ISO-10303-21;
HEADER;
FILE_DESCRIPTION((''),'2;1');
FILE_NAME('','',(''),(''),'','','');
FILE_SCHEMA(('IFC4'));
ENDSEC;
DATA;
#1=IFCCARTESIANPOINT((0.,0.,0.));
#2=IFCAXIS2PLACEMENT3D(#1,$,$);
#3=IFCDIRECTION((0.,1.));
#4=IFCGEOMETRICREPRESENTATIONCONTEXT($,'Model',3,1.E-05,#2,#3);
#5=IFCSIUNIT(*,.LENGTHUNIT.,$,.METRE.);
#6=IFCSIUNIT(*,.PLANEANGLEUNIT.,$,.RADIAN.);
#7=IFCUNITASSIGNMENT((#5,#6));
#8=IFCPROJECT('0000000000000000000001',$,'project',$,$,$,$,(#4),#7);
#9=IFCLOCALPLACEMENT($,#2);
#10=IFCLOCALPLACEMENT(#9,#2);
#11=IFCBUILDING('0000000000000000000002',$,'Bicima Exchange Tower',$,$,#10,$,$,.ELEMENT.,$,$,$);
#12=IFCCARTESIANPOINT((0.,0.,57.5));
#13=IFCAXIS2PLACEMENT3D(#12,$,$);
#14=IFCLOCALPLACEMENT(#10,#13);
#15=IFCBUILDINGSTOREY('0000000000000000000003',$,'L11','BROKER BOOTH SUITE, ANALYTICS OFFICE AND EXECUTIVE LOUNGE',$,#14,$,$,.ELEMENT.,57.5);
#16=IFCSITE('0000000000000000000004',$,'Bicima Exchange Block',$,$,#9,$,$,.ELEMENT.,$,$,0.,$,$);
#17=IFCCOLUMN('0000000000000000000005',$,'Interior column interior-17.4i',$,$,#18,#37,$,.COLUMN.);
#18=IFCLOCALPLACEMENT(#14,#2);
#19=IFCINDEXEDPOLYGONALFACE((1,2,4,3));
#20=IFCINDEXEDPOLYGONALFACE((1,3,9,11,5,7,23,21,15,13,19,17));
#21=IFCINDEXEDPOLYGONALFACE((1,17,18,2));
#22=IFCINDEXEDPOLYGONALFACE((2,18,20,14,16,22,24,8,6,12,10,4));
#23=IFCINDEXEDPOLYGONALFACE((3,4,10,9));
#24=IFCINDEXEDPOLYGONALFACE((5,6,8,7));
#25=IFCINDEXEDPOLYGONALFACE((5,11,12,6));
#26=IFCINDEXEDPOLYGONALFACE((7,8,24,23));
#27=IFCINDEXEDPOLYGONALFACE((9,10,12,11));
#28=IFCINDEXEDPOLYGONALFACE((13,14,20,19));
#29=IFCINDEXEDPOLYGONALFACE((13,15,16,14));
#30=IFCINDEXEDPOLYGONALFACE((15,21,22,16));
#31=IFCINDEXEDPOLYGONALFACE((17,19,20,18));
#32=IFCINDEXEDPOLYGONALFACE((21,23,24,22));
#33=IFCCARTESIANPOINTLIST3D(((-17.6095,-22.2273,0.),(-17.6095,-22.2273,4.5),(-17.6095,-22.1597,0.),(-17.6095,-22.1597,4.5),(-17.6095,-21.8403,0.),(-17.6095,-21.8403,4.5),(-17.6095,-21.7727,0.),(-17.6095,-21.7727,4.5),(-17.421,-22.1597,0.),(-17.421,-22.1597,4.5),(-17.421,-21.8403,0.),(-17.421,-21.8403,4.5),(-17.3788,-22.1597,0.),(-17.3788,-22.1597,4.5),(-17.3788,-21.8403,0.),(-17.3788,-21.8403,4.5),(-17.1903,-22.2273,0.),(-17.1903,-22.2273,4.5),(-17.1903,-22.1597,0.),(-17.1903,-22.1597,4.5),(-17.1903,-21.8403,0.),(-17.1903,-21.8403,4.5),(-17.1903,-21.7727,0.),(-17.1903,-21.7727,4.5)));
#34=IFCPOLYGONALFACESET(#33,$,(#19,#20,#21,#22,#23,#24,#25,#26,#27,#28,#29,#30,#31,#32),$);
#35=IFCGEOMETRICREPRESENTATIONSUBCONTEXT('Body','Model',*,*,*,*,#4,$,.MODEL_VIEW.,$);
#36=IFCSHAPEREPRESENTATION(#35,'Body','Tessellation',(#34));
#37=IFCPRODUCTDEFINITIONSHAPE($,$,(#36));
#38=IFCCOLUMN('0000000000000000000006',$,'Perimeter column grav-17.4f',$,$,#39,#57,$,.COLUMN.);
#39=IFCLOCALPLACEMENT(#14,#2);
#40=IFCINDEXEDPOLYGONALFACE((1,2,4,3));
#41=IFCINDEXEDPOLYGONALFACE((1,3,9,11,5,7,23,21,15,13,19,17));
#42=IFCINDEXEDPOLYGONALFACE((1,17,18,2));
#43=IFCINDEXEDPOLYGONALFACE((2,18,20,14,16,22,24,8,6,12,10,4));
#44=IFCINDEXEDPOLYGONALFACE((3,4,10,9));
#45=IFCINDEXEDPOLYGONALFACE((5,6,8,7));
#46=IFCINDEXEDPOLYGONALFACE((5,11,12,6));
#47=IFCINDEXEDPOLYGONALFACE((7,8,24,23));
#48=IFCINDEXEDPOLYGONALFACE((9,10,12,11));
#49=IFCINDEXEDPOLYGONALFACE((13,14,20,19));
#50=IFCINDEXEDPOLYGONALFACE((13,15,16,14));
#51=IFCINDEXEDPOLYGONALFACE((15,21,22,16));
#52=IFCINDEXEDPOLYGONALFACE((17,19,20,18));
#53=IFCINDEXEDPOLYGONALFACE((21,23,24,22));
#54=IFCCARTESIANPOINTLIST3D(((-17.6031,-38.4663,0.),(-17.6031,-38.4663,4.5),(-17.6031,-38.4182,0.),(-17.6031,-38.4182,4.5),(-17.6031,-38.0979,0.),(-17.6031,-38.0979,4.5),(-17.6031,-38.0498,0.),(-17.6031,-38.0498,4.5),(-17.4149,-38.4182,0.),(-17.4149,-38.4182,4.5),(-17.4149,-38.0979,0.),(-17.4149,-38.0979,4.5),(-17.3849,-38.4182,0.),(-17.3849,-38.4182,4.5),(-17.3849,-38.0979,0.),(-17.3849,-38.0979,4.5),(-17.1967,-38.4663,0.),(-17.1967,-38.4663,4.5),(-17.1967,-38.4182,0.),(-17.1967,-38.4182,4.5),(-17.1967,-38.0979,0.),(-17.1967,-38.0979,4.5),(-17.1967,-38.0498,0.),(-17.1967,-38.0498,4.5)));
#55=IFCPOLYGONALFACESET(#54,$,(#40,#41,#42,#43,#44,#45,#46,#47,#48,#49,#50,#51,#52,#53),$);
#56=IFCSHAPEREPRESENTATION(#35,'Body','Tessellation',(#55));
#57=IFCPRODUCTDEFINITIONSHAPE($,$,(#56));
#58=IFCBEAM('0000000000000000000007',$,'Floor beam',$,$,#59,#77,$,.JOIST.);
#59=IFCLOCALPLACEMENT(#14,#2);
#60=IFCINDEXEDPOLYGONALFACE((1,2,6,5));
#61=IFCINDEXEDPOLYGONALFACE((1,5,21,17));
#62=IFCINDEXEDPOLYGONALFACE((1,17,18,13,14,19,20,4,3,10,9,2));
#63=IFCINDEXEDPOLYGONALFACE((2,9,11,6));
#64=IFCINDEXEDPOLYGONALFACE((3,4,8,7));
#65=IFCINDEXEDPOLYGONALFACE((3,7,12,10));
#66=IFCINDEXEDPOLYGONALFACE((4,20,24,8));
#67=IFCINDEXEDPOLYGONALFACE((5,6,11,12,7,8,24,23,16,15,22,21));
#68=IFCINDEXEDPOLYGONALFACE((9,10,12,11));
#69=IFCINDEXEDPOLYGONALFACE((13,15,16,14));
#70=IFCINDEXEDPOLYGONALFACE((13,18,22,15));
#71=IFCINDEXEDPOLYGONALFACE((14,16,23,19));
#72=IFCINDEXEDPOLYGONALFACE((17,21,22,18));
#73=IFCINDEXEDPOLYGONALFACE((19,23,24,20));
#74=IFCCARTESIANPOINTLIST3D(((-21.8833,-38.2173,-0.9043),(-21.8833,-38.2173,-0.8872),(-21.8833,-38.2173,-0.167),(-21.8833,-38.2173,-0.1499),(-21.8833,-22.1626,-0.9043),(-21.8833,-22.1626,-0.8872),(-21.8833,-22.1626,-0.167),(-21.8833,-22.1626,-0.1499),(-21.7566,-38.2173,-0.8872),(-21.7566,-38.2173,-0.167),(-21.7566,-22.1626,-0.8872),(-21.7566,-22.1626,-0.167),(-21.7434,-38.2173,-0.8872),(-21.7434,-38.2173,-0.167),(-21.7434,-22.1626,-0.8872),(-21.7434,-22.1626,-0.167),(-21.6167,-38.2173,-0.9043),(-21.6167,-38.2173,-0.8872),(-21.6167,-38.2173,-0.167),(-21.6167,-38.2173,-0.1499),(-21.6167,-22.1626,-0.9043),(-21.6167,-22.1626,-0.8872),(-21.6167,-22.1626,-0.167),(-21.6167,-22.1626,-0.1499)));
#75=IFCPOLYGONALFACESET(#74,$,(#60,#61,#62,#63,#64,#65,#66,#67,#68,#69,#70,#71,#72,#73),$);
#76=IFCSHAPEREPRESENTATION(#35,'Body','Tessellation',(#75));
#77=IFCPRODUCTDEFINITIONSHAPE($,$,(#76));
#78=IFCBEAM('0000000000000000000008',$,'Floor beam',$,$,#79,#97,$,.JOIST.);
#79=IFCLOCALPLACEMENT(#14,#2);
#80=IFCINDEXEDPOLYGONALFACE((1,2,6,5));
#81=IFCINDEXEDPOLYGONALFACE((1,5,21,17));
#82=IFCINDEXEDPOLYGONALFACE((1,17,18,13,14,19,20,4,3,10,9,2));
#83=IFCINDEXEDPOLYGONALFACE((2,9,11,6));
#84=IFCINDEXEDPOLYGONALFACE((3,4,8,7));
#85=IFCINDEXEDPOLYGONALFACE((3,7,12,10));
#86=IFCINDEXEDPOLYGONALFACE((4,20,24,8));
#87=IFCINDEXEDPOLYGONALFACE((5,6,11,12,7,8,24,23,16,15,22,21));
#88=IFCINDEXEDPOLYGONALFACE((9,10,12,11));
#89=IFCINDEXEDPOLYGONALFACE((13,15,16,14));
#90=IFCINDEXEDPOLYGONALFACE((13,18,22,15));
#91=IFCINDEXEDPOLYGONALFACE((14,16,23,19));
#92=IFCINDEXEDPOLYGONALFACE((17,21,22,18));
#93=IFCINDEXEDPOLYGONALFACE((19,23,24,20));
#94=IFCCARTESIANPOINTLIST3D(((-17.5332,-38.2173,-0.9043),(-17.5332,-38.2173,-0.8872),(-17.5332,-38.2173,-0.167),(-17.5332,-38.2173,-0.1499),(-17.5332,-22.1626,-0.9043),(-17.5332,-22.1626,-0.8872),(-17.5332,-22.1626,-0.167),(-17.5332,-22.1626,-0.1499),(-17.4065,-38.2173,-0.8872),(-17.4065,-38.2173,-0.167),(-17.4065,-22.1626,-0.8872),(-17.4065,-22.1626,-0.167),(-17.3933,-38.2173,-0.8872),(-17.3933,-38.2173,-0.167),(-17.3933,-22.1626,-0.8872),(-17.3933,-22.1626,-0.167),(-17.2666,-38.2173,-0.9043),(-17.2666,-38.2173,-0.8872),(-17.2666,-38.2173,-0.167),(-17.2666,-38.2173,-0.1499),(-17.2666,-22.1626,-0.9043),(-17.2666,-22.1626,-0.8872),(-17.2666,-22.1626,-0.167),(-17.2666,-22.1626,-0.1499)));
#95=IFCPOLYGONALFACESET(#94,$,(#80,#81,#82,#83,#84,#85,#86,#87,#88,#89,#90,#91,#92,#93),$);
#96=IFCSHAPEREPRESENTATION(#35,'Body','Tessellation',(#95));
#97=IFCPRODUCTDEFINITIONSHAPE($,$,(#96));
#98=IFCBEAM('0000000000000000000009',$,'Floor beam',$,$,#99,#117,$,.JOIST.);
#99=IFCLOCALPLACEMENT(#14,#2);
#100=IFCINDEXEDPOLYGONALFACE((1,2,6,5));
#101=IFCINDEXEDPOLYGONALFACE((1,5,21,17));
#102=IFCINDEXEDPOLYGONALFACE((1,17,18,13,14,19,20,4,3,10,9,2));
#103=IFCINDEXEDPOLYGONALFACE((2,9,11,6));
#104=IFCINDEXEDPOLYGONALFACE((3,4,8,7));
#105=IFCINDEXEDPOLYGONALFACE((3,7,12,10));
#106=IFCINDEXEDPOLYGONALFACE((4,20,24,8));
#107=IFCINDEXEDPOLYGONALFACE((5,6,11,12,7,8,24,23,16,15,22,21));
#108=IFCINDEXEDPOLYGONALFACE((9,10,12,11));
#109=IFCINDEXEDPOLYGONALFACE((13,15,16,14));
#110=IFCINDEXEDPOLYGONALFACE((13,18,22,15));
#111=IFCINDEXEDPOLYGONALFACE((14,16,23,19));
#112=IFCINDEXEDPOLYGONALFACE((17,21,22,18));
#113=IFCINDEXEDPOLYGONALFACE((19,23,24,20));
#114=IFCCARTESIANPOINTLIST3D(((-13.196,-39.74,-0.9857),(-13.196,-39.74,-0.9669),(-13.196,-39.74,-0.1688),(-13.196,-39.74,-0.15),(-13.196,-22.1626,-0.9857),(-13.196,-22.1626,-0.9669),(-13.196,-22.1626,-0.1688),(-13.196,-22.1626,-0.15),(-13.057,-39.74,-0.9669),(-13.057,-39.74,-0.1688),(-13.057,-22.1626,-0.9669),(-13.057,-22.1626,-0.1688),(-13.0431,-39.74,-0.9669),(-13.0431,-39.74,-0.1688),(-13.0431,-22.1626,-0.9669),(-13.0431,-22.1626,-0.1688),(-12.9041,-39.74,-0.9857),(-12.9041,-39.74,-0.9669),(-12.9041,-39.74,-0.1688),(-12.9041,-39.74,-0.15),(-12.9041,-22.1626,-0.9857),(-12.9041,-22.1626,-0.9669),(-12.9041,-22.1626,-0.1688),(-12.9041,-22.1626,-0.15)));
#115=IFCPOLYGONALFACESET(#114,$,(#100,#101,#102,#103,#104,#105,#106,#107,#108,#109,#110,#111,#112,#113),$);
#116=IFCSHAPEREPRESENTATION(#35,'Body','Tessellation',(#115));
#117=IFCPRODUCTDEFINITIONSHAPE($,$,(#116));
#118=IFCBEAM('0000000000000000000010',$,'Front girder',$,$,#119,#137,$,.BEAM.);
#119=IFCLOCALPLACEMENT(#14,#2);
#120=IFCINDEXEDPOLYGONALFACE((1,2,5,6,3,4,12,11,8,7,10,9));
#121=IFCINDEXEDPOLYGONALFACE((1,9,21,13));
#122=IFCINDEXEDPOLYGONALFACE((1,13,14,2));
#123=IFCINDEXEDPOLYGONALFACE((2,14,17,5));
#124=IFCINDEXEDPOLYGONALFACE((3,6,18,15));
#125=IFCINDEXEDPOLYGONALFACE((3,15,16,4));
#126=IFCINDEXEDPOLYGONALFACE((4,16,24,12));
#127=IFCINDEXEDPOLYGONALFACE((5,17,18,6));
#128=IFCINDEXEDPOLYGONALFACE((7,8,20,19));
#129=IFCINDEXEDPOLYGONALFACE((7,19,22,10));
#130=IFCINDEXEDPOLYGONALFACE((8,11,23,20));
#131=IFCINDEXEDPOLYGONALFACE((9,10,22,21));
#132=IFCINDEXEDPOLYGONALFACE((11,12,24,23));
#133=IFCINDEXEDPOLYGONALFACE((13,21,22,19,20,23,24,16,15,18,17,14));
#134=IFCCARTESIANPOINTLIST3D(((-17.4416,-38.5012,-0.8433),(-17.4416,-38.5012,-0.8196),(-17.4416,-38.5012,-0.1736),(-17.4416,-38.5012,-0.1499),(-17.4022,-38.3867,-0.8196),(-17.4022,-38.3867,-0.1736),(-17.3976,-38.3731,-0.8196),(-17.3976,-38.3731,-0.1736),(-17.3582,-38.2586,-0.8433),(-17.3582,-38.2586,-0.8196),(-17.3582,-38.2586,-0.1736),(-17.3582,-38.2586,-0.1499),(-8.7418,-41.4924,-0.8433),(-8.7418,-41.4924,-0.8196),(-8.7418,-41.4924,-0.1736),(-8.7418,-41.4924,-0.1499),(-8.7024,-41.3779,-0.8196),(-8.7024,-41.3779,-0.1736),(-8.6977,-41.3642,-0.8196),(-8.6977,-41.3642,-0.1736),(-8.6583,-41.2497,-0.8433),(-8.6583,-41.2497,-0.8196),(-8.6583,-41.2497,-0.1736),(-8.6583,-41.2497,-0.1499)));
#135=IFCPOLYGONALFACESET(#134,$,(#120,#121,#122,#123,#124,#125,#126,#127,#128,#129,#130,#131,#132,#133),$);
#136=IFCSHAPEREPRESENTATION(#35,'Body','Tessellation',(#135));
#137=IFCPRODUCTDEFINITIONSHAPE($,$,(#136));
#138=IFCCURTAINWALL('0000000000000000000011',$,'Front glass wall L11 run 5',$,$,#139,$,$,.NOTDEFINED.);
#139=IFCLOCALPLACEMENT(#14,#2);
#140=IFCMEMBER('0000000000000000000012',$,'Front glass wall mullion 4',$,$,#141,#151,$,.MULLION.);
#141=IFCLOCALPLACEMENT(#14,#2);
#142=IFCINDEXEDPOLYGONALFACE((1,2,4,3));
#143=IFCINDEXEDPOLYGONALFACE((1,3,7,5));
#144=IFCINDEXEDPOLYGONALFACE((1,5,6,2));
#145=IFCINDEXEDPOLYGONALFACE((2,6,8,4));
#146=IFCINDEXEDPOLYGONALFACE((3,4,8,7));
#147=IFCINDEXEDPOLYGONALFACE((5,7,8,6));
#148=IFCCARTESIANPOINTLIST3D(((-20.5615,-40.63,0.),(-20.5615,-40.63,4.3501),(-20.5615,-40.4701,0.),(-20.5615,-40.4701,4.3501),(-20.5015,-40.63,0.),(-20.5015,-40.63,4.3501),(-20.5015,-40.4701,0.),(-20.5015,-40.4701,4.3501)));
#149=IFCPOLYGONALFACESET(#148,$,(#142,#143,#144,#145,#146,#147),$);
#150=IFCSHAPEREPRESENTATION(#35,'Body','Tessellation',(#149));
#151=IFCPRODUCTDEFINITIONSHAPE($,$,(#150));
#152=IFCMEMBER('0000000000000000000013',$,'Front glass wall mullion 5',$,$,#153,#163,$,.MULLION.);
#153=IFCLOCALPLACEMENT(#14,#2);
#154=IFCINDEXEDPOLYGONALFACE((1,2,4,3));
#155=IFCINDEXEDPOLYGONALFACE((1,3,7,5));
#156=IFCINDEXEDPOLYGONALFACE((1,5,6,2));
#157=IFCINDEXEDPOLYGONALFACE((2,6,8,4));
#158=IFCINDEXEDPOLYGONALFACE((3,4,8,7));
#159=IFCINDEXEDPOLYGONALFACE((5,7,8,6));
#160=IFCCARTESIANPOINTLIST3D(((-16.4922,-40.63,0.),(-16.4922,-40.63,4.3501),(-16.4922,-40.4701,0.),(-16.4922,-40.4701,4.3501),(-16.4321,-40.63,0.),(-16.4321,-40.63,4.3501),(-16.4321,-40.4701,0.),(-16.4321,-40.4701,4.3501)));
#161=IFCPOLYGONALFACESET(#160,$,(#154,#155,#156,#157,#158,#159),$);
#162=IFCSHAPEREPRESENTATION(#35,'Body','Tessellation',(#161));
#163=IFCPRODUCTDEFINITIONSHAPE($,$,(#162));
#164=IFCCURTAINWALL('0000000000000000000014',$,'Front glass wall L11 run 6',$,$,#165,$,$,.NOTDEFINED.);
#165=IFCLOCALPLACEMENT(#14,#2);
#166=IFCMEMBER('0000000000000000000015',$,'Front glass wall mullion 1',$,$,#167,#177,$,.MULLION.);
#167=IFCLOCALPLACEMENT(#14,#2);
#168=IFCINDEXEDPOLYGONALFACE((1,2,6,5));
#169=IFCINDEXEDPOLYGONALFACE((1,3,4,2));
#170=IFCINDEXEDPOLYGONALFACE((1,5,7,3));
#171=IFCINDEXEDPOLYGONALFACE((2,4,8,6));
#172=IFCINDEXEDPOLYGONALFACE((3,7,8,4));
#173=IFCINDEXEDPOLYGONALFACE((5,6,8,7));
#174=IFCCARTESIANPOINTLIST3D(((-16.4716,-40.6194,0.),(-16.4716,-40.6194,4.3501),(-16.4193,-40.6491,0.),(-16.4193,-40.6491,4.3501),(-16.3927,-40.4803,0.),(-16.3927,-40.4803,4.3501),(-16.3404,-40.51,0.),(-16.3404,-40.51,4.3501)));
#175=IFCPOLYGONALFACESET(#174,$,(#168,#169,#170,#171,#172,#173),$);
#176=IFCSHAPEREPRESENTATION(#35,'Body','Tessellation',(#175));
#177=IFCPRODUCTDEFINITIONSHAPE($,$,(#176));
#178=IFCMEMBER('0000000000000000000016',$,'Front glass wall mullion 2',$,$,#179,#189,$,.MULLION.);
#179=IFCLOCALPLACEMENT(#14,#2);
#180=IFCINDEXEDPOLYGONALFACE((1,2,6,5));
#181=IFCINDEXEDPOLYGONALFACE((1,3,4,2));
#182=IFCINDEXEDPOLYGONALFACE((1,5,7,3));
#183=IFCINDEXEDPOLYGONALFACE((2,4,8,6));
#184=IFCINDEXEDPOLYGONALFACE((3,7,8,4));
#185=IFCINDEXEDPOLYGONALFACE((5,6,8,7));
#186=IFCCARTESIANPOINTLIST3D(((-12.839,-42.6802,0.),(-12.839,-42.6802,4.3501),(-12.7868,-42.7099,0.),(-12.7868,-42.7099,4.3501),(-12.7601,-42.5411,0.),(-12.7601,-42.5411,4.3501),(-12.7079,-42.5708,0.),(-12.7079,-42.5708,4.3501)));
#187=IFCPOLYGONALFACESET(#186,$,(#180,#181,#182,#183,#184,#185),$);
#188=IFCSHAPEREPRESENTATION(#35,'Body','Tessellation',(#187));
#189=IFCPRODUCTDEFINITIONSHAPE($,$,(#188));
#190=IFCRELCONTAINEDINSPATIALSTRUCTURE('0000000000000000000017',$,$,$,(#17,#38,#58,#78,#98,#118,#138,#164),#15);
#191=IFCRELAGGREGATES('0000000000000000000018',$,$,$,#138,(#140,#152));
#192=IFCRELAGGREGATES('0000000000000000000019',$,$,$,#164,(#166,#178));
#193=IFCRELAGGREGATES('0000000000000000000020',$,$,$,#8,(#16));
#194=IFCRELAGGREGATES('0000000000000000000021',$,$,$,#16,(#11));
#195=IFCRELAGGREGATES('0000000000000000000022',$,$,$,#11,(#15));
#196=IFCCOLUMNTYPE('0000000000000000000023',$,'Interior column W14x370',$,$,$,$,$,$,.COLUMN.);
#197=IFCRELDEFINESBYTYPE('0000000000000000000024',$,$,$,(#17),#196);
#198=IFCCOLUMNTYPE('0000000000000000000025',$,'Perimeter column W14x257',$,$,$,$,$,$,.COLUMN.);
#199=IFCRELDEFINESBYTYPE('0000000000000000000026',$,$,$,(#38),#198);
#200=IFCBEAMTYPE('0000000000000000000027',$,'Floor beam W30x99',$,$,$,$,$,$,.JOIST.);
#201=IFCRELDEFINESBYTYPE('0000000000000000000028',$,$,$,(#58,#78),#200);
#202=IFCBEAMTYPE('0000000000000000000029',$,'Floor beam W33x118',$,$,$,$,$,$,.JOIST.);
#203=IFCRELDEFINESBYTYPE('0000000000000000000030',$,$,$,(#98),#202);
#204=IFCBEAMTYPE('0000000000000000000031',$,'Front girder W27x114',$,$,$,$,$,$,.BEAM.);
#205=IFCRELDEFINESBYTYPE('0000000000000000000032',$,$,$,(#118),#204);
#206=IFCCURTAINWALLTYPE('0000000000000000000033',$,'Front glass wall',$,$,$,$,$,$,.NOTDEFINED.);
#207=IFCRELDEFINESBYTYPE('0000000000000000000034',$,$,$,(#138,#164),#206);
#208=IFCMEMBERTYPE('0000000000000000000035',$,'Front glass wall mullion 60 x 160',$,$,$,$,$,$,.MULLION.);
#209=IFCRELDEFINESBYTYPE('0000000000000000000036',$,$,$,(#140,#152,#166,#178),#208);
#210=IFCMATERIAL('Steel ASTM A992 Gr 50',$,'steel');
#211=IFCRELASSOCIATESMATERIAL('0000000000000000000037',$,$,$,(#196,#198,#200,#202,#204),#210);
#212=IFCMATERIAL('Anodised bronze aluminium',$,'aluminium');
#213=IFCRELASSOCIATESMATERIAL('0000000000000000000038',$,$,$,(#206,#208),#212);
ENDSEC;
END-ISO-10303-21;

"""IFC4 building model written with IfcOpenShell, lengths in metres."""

from ifc_helpers import new_model, si_unit, direction, frame, origin, origin_2d, place, context, subcontext, project, spatial, rectangle, i_section, extrude, material, material_profile, profile_set, type_object, element, aggregate, save


model = new_model("IFC4")

# Units and contexts
model_context = context("Model", 3, precision=1e-05, world=origin(), true_north=direction((0.0, 1.0)))
body_context = subcontext(model_context, "Body", "Model", "MODEL_VIEW")
ifc_project = project(units=[si_unit("LENGTHUNIT", "METRE"), si_unit("PLANEANGLEUNIT", "RADIAN")], contexts=[model_context])

# Site, building, storey
site_placement = place(None, origin())
site = spatial("IfcSite", under=ifc_project, at=site_placement, Name="Bicima Exchange Block", CompositionType="ELEMENT", RefElevation=0.0)
building_placement = place(site_placement, origin())
building = spatial("IfcBuilding", under=site, at=building_placement, Name="Bicima Exchange Tower", CompositionType="ELEMENT")
storey_placement = place(building_placement, frame((0.0, 0.0, 57.5)))
storey = spatial("IfcBuildingStorey", under=building, at=storey_placement, Name="L11", Description="BROKER BOOTH SUITE, ANALYTICS OFFICE AND EXECUTIVE LOUNGE", CompositionType="ELEMENT", Elevation=57.5)

# Columns
ifc_material_1 = material(Name="Steel ASTM A992 Gr 50", Category="steel")
ifc_material_profile_1 = material_profile(ifc_material_1, i_section(OverallWidth=0.4192, OverallDepth=0.4546, WebThickness=0.0422, FlangeThickness=0.0676, at=origin_2d()))
ifc_profile_set_1 = profile_set([ifc_material_profile_1], Name="Steel ASTM A992 Gr 50")
column_type_1 = type_object("IfcColumnType", Name="Interior column W14x370", PredefinedType="COLUMN", material=ifc_profile_set_1)
column_1_placement = place(storey_placement, frame((-17.3999, -22.0, 0.0), z_axis=(0.0, 0.0, 1.0), x_axis=(1.0, 0.0, 0.0)))
element("IfcColumn", 1, at=column_1_placement, inside=storey, type_object=column_type_1, Name="Interior column interior-17.4i", PredefinedType="COLUMN", context=body_context, shape_type="SweptSolid", body=[
    extrude(i_section(OverallWidth=0.4192, OverallDepth=0.4546, WebThickness=0.0422, FlangeThickness=0.0676, at=origin_2d()), origin(), (0.0, 0.0, 1.0), 4.5),
])
ifc_material_profile_2 = material_profile(ifc_material_1, i_section(OverallWidth=0.4065, OverallDepth=0.4165, WebThickness=0.03, FlangeThickness=0.0481, at=origin_2d()))
ifc_profile_set_2 = profile_set([ifc_material_profile_2], Name="Steel ASTM A992 Gr 50")
column_type_2 = type_object("IfcColumnType", Name="Perimeter column W14x257", PredefinedType="COLUMN", material=ifc_profile_set_2)
column_2_placement = place(storey_placement, frame((-17.3999, -38.2581, 0.0), z_axis=(0.0, 0.0, 1.0), x_axis=(1.0, 0.0, 0.0)))
element("IfcColumn", 2, at=column_2_placement, inside=storey, type_object=column_type_2, Name="Perimeter column grav-17.4f", PredefinedType="COLUMN", context=body_context, shape_type="SweptSolid", body=[
    extrude(i_section(OverallWidth=0.4065, OverallDepth=0.4165, WebThickness=0.03, FlangeThickness=0.0481, at=origin_2d()), origin(), (0.0, 0.0, 1.0), 4.5),
])

# Beams
ifc_material_profile_3 = material_profile(ifc_material_1, i_section(OverallWidth=0.2666, OverallDepth=0.7544, WebThickness=0.0132, FlangeThickness=0.0171, at=origin_2d()))
ifc_profile_set_3 = profile_set([ifc_material_profile_3], Name="Steel ASTM A992 Gr 50")
beam_type_1 = type_object("IfcBeamType", Name="Floor beam W30x99", PredefinedType="JOIST", material=ifc_profile_set_3)
for number, where, z_axis, x_axis, name in (
    (3, (-21.75, -22.1626, -0.5271), (0.0, -1.0, 0.0), (1.0, 0.0, 0.0), "Floor beam"),
    (4, (-17.3999, -22.1626, -0.5271), (0.0, -1.0, 0.0), (1.0, 0.0, 0.0), "Floor beam"),
):
    element("IfcBeam", number, at=place(storey_placement, frame(where, z_axis=z_axis, x_axis=x_axis)), inside=storey, type_object=beam_type_1, Name=name, PredefinedType="JOIST", context=body_context, shape_type="SweptSolid", body=[
        extrude(i_section(OverallWidth=0.2666, OverallDepth=0.7544, WebThickness=0.0132, FlangeThickness=0.0171, at=origin_2d()), origin(), (0.0, 0.0, 1.0), 16.0547),
    ])
ifc_material_profile_4 = material_profile(ifc_material_1, i_section(OverallWidth=0.292, OverallDepth=0.8357, WebThickness=0.0139, FlangeThickness=0.0188, at=origin_2d()))
ifc_profile_set_4 = profile_set([ifc_material_profile_4], Name="Steel ASTM A992 Gr 50")
beam_type_2 = type_object("IfcBeamType", Name="Floor beam W33x118", PredefinedType="JOIST", material=ifc_profile_set_4)
beam_1_placement = place(storey_placement, frame((-13.05, -22.1626, -0.5679), z_axis=(0.0, -1.0, 0.0), x_axis=(1.0, 0.0, 0.0)))
element("IfcBeam", 5, at=beam_1_placement, inside=storey, type_object=beam_type_2, Name="Floor beam", PredefinedType="JOIST", context=body_context, shape_type="SweptSolid", body=[
    extrude(i_section(OverallWidth=0.292, OverallDepth=0.8357, WebThickness=0.0139, FlangeThickness=0.0188, at=origin_2d()), origin(), (0.0, 0.0, 1.0), 17.5774),
])
ifc_material_profile_5 = material_profile(ifc_material_1, i_section(OverallWidth=0.2566, OverallDepth=0.6934, WebThickness=0.0144, FlangeThickness=0.0237, at=origin_2d()))
ifc_profile_set_5 = profile_set([ifc_material_profile_5], Name="Steel ASTM A992 Gr 50")
beam_type_3 = type_object("IfcBeamType", Name="Front girder W27x114", PredefinedType="BEAM", material=ifc_profile_set_5)
beam_2_placement = place(storey_placement, frame((-17.3999, -38.3799, -0.4966), z_axis=(0.945666, -0.325138, 0.0), x_axis=(0.325138, 0.945666, 0.0)))
element("IfcBeam", 6, at=beam_2_placement, inside=storey, type_object=beam_type_3, Name="Front girder", PredefinedType="BEAM", context=body_context, shape_type="SweptSolid", body=[
    extrude(i_section(OverallWidth=0.2566, OverallDepth=0.6934, WebThickness=0.0144, FlangeThickness=0.0237, at=origin_2d()), origin(), (0.0, 0.0, 1.0), 9.1997),
])

# Curtain walls, members
ifc_material_2 = material(Name="Anodised bronze aluminium", Category="aluminium")
curtain_wall_type = type_object("IfcCurtainWallType", Name="Front glass wall", PredefinedType="NOTDEFINED", material=ifc_material_2)
curtain_wall_1_placement = place(storey_placement, origin())
curtain_wall_1 = element("IfcCurtainWall", 7, at=curtain_wall_1_placement, inside=storey, type_object=curtain_wall_type, Name="Front glass wall L11 run 5", PredefinedType="NOTDEFINED")
ifc_material_profile_6 = material_profile(ifc_material_2, rectangle(XDim=0.1599, YDim=0.0601, at=origin_2d()))
ifc_profile_set_6 = profile_set([ifc_material_profile_6], Name="Anodised bronze aluminium")
member_type_1 = type_object("IfcMemberType", Name="Front glass wall mullion 60 x 160", PredefinedType="MULLION", material=ifc_profile_set_6)
member_1_placement = place(storey_placement, frame((-20.5315, -40.55, 0.0), z_axis=(0.0, 0.0, 1.0), x_axis=(0.0, 1.0, 0.0)))
member_1 = element("IfcMember", 8, at=member_1_placement, type_object=member_type_1, Name="Front glass wall mullion 4", PredefinedType="MULLION", context=body_context, shape_type="SweptSolid", body=[
    extrude(rectangle(XDim=0.1599, YDim=0.0601, at=origin_2d()), origin(), (0.0, 0.0, 1.0), 4.3501),
])
member_2_placement = place(storey_placement, frame((-16.4622, -40.55, 0.0), z_axis=(0.0, 0.0, 1.0), x_axis=(0.0, 1.0, 0.0)))
member_2 = element("IfcMember", 9, at=member_2_placement, type_object=member_type_1, Name="Front glass wall mullion 5", PredefinedType="MULLION", context=body_context, shape_type="SweptSolid", body=[
    extrude(rectangle(XDim=0.1599, YDim=0.0601, at=origin_2d()), origin(), (0.0, 0.0, 1.0), 4.3501),
])
curtain_wall_2_placement = place(storey_placement, origin())
curtain_wall_2 = element("IfcCurtainWall", 10, at=curtain_wall_2_placement, inside=storey, type_object=curtain_wall_type, Name="Front glass wall L11 run 6", PredefinedType="NOTDEFINED")
member_3_placement = place(storey_placement, frame((-16.406, -40.5647, 0.0), z_axis=(0.0, 0.0, 1.0), x_axis=(0.493395, 0.869805, 0.0)))
member_3 = element("IfcMember", 11, at=member_3_placement, type_object=member_type_1, Name="Front glass wall mullion 1", PredefinedType="MULLION", context=body_context, shape_type="SweptSolid", body=[
    extrude(rectangle(XDim=0.1599, YDim=0.0601, at=origin_2d()), origin(), (0.0, 0.0, 1.0), 4.3501),
])
member_4_placement = place(storey_placement, frame((-12.7734, -42.6255, 0.0), z_axis=(0.0, 0.0, 1.0), x_axis=(0.493395, 0.869805, 0.0)))
member_4 = element("IfcMember", 12, at=member_4_placement, type_object=member_type_1, Name="Front glass wall mullion 2", PredefinedType="MULLION", context=body_context, shape_type="SweptSolid", body=[
    extrude(rectangle(XDim=0.1599, YDim=0.0601, at=origin_2d()), origin(), (0.0, 0.0, 1.0), 4.3501),
])

aggregate(curtain_wall_1, [member_1, member_2])
aggregate(curtain_wall_2, [member_3, member_4])

save(model, "model.ifc")
